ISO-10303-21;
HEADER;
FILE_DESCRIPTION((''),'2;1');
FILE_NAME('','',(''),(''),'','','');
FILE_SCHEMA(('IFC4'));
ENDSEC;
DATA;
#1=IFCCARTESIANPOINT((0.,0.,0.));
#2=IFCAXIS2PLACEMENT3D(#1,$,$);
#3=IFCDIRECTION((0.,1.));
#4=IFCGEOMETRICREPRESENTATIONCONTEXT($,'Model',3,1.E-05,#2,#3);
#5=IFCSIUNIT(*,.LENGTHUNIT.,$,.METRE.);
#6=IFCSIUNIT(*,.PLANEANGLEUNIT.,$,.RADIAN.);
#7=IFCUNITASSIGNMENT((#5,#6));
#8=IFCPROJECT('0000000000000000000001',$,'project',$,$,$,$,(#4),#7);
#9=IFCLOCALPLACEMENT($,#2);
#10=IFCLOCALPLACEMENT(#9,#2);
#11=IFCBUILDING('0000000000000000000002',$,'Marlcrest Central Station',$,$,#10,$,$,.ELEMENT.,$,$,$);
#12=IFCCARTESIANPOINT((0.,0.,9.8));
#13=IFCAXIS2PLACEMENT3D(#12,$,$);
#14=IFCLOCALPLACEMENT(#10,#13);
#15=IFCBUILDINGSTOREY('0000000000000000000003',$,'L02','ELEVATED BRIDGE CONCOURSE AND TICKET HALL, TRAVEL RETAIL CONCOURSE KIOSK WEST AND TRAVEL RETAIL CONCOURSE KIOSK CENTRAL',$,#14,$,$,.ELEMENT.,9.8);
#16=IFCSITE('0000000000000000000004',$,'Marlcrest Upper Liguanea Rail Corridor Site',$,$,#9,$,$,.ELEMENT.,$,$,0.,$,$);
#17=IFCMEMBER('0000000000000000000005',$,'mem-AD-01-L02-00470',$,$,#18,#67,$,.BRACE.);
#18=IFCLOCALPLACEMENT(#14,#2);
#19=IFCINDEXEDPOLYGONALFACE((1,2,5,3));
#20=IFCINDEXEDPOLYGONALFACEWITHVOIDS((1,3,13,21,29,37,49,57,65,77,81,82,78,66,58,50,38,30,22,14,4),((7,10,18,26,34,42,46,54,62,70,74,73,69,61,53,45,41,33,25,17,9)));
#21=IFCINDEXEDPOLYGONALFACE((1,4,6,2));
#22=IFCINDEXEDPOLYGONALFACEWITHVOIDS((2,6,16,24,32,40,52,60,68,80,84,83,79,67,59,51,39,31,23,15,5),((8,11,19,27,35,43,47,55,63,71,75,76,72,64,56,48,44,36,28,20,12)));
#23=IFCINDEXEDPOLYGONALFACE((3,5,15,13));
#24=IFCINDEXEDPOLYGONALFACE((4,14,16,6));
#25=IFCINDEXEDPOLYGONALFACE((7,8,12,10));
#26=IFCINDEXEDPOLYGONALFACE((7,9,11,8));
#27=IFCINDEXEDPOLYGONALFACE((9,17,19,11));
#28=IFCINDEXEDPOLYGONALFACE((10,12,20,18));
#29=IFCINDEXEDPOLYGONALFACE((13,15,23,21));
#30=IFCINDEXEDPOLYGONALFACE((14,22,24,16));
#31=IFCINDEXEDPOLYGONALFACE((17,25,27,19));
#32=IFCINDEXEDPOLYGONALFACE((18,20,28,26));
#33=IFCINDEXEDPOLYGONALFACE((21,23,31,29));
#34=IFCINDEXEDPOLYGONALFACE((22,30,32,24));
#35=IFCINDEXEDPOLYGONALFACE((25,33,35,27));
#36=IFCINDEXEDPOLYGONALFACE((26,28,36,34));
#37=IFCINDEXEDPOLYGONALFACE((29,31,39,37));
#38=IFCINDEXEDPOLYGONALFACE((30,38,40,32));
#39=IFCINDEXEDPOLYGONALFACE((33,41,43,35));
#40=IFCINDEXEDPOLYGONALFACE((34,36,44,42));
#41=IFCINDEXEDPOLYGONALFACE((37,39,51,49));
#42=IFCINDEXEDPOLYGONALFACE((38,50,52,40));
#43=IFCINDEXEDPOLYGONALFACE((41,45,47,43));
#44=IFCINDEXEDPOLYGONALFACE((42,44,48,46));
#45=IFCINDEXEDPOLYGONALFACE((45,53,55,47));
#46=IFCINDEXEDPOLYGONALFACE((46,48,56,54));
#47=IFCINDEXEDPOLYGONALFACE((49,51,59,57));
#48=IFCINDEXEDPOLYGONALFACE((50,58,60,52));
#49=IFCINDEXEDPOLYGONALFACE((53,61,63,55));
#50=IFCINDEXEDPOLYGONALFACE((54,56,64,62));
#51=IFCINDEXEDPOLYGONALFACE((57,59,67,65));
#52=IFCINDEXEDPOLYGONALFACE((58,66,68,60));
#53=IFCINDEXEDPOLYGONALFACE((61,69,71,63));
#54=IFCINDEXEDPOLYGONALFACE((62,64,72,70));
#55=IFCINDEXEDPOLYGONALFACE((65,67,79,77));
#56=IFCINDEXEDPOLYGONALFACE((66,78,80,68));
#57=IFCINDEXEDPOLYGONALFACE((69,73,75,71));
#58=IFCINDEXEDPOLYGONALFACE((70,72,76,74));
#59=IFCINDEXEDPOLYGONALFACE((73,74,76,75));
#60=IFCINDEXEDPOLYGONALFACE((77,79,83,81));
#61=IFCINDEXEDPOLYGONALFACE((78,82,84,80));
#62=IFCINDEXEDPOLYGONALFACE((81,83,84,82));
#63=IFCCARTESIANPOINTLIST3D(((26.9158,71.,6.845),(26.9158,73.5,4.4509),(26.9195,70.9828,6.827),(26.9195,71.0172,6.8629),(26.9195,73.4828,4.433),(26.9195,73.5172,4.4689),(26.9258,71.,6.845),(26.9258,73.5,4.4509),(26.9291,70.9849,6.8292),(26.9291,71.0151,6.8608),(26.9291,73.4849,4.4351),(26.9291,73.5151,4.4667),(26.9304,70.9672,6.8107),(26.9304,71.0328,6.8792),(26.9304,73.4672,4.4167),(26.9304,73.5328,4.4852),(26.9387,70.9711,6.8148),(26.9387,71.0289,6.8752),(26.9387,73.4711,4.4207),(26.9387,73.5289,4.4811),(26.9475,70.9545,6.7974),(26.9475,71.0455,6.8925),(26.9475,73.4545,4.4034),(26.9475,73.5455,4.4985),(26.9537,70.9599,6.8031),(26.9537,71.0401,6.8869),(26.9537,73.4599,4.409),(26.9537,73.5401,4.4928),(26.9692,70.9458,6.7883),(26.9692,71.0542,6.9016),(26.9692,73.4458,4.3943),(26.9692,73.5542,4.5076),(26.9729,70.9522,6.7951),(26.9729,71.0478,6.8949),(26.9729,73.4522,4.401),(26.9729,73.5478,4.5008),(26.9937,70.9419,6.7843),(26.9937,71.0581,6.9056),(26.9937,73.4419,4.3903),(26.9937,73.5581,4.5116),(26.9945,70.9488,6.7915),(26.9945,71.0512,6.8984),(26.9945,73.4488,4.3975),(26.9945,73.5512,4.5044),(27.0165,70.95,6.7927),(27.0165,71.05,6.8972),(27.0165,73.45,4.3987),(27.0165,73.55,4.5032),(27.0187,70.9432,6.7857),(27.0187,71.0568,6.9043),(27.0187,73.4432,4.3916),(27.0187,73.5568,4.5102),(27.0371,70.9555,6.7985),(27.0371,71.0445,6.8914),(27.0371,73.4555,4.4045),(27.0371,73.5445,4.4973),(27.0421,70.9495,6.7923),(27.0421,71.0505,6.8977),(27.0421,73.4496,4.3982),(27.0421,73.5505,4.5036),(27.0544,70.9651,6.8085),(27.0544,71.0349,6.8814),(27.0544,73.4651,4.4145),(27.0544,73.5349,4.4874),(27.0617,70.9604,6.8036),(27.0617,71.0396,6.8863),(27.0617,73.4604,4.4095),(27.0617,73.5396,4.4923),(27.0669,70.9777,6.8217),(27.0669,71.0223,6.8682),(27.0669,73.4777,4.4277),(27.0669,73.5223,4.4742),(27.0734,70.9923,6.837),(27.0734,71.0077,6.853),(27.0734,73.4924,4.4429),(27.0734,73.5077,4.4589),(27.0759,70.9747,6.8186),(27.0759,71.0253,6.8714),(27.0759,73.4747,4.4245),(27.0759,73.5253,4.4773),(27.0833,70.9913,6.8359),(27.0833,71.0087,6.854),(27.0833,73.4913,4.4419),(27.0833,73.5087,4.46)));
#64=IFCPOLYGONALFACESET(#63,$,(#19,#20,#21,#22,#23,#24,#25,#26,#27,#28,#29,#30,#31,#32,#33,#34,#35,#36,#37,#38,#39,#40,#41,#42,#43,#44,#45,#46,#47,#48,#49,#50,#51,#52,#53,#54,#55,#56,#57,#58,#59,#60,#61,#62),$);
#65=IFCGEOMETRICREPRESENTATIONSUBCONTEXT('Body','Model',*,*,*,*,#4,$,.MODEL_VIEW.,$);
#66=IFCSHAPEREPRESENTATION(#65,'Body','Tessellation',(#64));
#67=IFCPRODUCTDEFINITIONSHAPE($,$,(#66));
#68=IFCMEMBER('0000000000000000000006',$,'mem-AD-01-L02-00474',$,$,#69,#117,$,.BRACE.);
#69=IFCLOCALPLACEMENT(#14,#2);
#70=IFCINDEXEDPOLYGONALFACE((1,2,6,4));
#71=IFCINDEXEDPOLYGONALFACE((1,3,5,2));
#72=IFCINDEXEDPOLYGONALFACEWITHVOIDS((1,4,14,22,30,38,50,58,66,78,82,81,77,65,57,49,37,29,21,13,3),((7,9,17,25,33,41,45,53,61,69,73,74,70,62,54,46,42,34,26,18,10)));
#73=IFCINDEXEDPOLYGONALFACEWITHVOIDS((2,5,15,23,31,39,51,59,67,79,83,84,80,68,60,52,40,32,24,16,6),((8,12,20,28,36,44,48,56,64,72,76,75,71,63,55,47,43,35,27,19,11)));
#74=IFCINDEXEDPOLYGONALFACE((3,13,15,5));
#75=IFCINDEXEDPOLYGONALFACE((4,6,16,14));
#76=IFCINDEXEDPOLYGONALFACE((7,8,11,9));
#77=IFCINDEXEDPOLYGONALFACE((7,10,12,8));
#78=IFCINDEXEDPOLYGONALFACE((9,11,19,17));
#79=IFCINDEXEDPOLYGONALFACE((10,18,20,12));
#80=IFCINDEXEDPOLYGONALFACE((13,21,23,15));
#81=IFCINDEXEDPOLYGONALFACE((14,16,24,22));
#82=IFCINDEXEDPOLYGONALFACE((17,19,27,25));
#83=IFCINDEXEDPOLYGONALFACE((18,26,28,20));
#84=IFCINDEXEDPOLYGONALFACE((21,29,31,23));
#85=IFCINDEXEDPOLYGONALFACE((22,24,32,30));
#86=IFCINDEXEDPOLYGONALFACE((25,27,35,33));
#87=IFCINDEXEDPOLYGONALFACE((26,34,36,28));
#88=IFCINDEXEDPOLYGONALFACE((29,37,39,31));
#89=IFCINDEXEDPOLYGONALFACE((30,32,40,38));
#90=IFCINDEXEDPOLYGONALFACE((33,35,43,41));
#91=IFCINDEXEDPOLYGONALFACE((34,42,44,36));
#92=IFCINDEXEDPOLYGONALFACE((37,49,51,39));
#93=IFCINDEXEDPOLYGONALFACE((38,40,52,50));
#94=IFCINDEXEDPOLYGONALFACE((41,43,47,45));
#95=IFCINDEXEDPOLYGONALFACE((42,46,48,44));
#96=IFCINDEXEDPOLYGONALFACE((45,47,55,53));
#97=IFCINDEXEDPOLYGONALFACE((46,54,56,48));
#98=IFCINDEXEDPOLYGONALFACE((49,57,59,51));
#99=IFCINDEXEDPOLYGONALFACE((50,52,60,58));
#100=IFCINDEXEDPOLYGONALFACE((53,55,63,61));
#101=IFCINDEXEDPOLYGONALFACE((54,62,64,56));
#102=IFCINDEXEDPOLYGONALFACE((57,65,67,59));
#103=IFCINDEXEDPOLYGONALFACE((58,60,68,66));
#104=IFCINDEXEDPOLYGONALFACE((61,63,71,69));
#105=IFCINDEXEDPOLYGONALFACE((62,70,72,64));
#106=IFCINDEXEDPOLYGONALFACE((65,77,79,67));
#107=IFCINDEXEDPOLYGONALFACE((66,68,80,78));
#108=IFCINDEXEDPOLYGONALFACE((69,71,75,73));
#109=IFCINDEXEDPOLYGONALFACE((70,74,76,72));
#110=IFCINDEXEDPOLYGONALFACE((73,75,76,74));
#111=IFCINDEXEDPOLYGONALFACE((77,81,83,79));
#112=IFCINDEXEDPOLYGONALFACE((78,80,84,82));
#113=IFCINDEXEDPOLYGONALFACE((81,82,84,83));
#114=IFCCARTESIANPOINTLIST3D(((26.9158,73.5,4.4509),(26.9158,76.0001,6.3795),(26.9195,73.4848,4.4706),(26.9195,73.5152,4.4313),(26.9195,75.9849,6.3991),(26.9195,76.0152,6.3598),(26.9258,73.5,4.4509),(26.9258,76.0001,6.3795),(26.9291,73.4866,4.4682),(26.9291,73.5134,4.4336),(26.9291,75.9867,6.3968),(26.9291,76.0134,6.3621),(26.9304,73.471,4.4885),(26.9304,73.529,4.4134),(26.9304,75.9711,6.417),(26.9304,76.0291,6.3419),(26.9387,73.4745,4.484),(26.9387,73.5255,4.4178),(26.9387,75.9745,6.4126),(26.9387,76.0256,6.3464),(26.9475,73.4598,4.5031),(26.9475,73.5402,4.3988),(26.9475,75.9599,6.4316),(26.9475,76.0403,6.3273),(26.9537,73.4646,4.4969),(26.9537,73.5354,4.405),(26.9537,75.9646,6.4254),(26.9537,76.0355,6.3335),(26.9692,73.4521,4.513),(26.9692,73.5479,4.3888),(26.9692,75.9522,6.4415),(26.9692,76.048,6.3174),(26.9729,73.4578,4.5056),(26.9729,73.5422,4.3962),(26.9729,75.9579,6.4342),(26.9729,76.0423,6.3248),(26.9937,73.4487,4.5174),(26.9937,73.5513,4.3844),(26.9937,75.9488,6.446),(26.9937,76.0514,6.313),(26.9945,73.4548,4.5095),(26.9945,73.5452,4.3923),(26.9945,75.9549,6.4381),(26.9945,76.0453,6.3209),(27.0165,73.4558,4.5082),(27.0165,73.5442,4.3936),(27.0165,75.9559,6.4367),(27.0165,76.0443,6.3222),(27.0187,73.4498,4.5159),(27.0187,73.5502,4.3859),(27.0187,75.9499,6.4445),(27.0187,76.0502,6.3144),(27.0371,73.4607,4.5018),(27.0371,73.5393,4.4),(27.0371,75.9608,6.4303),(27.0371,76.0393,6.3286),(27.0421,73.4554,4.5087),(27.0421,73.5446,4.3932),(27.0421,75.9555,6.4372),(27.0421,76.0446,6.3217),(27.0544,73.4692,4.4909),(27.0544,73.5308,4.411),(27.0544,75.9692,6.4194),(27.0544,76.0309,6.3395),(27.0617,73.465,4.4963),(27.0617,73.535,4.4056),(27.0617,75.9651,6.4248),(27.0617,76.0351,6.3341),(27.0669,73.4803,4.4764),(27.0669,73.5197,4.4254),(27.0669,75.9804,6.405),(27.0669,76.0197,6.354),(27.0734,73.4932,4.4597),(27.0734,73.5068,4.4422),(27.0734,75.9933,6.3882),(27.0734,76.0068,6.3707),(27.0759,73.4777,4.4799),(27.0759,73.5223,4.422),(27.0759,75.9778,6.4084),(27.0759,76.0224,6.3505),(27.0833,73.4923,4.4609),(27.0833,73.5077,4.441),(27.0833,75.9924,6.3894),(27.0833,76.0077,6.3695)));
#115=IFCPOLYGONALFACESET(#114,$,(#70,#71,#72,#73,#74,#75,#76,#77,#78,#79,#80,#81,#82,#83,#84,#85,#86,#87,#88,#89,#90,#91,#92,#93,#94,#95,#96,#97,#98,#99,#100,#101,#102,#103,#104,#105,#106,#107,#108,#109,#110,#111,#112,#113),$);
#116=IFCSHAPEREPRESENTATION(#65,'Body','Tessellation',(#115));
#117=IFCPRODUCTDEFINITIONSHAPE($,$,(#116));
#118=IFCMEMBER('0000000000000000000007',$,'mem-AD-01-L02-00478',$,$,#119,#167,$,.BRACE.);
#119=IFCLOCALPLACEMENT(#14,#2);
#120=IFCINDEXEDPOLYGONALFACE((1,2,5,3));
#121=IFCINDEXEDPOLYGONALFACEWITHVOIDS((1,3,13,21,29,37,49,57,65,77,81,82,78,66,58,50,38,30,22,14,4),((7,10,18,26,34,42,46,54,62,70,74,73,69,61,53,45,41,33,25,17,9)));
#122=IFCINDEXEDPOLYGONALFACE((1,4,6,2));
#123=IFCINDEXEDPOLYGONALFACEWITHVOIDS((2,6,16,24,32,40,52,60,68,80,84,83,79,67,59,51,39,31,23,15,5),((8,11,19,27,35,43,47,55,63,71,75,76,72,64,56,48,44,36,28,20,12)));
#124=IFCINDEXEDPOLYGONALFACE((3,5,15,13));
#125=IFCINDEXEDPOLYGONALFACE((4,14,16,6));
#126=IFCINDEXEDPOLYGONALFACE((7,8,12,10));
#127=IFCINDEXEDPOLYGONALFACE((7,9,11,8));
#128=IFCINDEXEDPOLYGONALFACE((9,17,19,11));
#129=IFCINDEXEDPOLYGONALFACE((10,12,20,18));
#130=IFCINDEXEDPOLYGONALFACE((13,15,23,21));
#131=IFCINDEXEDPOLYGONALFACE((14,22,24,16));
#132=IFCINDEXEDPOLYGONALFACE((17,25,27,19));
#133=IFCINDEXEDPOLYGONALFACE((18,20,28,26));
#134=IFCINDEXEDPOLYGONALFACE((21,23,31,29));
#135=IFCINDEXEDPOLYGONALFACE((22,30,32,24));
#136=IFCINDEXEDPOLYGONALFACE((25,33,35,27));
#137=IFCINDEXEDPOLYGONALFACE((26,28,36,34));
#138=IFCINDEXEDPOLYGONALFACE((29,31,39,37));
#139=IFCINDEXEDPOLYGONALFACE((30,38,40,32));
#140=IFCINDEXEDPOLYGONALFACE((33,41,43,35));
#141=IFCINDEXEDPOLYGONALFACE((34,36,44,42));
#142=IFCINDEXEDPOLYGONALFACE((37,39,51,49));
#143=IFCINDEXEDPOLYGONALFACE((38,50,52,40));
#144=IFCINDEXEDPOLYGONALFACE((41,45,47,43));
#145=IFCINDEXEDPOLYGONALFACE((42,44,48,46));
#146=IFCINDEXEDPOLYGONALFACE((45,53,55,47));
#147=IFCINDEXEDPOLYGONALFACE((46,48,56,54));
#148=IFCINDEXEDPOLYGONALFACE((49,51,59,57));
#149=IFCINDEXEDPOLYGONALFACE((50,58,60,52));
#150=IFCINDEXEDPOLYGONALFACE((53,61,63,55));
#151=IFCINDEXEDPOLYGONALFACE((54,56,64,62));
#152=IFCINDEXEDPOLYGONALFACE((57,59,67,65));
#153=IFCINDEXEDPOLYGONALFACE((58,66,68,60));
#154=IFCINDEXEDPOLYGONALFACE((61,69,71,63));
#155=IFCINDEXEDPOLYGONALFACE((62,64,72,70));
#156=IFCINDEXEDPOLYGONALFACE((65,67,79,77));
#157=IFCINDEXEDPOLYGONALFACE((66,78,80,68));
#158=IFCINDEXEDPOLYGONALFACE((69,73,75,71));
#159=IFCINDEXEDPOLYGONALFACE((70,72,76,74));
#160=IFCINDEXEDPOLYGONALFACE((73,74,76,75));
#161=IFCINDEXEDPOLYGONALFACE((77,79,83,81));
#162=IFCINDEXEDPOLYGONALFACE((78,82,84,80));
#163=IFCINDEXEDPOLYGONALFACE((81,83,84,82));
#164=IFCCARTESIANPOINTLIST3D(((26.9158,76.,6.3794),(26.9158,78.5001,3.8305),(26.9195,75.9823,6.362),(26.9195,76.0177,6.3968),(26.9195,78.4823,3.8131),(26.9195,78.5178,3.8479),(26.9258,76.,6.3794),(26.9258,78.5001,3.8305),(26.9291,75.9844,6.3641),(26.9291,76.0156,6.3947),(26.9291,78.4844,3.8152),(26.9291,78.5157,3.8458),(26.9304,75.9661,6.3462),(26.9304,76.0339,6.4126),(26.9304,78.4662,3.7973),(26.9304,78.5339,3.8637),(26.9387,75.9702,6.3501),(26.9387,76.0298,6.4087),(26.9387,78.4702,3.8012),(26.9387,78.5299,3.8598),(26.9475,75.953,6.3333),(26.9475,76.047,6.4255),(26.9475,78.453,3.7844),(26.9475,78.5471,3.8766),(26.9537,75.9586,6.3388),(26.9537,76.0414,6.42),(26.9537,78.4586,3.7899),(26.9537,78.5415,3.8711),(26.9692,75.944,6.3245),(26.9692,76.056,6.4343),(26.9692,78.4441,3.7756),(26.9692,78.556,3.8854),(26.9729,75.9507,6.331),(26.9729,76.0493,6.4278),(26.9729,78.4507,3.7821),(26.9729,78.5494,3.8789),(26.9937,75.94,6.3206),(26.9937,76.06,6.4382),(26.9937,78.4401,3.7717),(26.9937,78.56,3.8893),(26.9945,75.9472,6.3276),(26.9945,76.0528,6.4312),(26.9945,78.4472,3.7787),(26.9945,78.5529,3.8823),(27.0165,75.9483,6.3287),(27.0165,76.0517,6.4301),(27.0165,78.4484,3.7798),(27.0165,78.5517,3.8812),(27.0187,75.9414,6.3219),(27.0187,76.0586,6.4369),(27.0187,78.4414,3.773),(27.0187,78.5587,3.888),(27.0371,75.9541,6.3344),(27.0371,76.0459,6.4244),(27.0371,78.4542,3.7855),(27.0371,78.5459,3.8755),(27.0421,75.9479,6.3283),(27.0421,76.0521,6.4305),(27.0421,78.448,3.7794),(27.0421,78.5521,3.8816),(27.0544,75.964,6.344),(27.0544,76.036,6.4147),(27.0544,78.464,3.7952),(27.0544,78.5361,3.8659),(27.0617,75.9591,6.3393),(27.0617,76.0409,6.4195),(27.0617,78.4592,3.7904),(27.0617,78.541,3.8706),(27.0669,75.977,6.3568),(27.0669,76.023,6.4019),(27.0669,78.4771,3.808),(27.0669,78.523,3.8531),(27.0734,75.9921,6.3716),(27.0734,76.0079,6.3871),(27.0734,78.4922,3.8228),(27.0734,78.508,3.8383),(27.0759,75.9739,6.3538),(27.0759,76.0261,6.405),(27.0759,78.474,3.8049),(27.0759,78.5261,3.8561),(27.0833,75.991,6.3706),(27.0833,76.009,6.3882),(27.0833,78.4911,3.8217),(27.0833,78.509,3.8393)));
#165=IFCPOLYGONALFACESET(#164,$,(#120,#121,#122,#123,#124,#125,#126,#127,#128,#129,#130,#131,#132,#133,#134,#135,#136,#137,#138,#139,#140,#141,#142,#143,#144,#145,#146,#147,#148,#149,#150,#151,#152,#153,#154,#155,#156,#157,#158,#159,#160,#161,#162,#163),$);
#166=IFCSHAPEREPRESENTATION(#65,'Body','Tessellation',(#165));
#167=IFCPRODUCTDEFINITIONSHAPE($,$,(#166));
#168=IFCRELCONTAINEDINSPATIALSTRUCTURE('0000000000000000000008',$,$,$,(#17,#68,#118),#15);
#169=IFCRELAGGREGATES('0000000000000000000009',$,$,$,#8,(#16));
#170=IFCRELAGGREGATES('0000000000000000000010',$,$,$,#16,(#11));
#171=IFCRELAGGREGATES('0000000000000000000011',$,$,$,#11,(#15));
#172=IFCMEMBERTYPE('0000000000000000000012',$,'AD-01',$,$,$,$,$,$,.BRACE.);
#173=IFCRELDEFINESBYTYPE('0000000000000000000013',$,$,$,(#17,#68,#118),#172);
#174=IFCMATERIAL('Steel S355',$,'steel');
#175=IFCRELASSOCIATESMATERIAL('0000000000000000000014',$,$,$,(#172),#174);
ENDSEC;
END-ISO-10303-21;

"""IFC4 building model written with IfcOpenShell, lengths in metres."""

from ifc_helpers import new_model, si_unit, direction, frame, origin, origin_2d, place, context, subcontext, project, spatial, hollow_circle, extrude, material, material_profile, profile_set, type_object, element, save


model = new_model("IFC4")

# Units and contexts
model_context = context("Model", 3, precision=1e-05, world=origin(), true_north=direction((0.0, 1.0)))
body_context = subcontext(model_context, "Body", "Model", "MODEL_VIEW")
ifc_project = project(units=[si_unit("LENGTHUNIT", "METRE"), si_unit("PLANEANGLEUNIT", "RADIAN")], contexts=[model_context])

# Site, building, storey
site_placement = place(None, origin())
site = spatial("IfcSite", under=ifc_project, at=site_placement, Name="Marlcrest Upper Liguanea Rail Corridor Site", CompositionType="ELEMENT", RefElevation=0.0)
building_placement = place(site_placement, origin())
building = spatial("IfcBuilding", under=site, at=building_placement, Name="Marlcrest Central Station", CompositionType="ELEMENT")
storey_placement = place(building_placement, frame((0.0, 0.0, 9.8)))
storey = spatial("IfcBuildingStorey", under=building, at=storey_placement, Name="L02", Description="ELEVATED BRIDGE CONCOURSE AND TICKET HALL, TRAVEL RETAIL CONCOURSE KIOSK WEST AND TRAVEL RETAIL CONCOURSE KIOSK CENTRAL", CompositionType="ELEMENT", Elevation=9.8)

# Members
ifc_material = material(Name="Steel S355", Category="steel")
ifc_material_profile_1 = material_profile(ifc_material, hollow_circle(Radius=0.0842, WallThickness=0.01, at=origin_2d()), Name="CHS 168.3x10")
ifc_profile_set_1 = profile_set([ifc_material_profile_1], Name="Steel S355")
member_type_1 = type_object("IfcMemberType", Name="AD-01", PredefinedType="BRACE", material=ifc_profile_set_1)
member_1_placement = place(storey_placement, frame((27.0, 71.0, 6.845), z_axis=(0.0, 0.722247, -0.691636), x_axis=(-1.0, 0.0, 0.0)))
element("IfcMember", 1, at=member_1_placement, inside=storey, type_object=member_type_1, Name="mem-AD-01-L02-00470", PredefinedType="BRACE", context=body_context, shape_type="SweptSolid", body=[
    extrude(hollow_circle(Radius=0.0842, WallThickness=0.01, at=origin_2d()), origin(), (0.0, 0.0, 1.0), 3.4614),
])
member_2_placement = place(storey_placement, frame((27.0, 73.5, 4.4509), z_axis=(0.0, 0.791798, 0.610783), x_axis=(-1.0, 0.0, 0.0)))
element("IfcMember", 2, at=member_2_placement, inside=storey, type_object=member_type_1, Name="mem-AD-01-L02-00474", PredefinedType="BRACE", context=body_context, shape_type="SweptSolid", body=[
    extrude(hollow_circle(Radius=0.0842, WallThickness=0.01, at=origin_2d()), origin(), (0.0, 0.0, 1.0), 3.1575),
])
member_3_placement = place(storey_placement, frame((27.0, 76.0, 6.3794), z_axis=(0.0, 0.700235, -0.713912), x_axis=(-1.0, 0.0, 0.0)))
element("IfcMember", 3, at=member_3_placement, inside=storey, type_object=member_type_1, Name="mem-AD-01-L02-00478", PredefinedType="BRACE", context=body_context, shape_type="SweptSolid", body=[
    extrude(hollow_circle(Radius=0.0842, WallThickness=0.01, at=origin_2d()), origin(), (0.0, 0.0, 1.0), 3.5703),
])

save(model, "model.ifc")
